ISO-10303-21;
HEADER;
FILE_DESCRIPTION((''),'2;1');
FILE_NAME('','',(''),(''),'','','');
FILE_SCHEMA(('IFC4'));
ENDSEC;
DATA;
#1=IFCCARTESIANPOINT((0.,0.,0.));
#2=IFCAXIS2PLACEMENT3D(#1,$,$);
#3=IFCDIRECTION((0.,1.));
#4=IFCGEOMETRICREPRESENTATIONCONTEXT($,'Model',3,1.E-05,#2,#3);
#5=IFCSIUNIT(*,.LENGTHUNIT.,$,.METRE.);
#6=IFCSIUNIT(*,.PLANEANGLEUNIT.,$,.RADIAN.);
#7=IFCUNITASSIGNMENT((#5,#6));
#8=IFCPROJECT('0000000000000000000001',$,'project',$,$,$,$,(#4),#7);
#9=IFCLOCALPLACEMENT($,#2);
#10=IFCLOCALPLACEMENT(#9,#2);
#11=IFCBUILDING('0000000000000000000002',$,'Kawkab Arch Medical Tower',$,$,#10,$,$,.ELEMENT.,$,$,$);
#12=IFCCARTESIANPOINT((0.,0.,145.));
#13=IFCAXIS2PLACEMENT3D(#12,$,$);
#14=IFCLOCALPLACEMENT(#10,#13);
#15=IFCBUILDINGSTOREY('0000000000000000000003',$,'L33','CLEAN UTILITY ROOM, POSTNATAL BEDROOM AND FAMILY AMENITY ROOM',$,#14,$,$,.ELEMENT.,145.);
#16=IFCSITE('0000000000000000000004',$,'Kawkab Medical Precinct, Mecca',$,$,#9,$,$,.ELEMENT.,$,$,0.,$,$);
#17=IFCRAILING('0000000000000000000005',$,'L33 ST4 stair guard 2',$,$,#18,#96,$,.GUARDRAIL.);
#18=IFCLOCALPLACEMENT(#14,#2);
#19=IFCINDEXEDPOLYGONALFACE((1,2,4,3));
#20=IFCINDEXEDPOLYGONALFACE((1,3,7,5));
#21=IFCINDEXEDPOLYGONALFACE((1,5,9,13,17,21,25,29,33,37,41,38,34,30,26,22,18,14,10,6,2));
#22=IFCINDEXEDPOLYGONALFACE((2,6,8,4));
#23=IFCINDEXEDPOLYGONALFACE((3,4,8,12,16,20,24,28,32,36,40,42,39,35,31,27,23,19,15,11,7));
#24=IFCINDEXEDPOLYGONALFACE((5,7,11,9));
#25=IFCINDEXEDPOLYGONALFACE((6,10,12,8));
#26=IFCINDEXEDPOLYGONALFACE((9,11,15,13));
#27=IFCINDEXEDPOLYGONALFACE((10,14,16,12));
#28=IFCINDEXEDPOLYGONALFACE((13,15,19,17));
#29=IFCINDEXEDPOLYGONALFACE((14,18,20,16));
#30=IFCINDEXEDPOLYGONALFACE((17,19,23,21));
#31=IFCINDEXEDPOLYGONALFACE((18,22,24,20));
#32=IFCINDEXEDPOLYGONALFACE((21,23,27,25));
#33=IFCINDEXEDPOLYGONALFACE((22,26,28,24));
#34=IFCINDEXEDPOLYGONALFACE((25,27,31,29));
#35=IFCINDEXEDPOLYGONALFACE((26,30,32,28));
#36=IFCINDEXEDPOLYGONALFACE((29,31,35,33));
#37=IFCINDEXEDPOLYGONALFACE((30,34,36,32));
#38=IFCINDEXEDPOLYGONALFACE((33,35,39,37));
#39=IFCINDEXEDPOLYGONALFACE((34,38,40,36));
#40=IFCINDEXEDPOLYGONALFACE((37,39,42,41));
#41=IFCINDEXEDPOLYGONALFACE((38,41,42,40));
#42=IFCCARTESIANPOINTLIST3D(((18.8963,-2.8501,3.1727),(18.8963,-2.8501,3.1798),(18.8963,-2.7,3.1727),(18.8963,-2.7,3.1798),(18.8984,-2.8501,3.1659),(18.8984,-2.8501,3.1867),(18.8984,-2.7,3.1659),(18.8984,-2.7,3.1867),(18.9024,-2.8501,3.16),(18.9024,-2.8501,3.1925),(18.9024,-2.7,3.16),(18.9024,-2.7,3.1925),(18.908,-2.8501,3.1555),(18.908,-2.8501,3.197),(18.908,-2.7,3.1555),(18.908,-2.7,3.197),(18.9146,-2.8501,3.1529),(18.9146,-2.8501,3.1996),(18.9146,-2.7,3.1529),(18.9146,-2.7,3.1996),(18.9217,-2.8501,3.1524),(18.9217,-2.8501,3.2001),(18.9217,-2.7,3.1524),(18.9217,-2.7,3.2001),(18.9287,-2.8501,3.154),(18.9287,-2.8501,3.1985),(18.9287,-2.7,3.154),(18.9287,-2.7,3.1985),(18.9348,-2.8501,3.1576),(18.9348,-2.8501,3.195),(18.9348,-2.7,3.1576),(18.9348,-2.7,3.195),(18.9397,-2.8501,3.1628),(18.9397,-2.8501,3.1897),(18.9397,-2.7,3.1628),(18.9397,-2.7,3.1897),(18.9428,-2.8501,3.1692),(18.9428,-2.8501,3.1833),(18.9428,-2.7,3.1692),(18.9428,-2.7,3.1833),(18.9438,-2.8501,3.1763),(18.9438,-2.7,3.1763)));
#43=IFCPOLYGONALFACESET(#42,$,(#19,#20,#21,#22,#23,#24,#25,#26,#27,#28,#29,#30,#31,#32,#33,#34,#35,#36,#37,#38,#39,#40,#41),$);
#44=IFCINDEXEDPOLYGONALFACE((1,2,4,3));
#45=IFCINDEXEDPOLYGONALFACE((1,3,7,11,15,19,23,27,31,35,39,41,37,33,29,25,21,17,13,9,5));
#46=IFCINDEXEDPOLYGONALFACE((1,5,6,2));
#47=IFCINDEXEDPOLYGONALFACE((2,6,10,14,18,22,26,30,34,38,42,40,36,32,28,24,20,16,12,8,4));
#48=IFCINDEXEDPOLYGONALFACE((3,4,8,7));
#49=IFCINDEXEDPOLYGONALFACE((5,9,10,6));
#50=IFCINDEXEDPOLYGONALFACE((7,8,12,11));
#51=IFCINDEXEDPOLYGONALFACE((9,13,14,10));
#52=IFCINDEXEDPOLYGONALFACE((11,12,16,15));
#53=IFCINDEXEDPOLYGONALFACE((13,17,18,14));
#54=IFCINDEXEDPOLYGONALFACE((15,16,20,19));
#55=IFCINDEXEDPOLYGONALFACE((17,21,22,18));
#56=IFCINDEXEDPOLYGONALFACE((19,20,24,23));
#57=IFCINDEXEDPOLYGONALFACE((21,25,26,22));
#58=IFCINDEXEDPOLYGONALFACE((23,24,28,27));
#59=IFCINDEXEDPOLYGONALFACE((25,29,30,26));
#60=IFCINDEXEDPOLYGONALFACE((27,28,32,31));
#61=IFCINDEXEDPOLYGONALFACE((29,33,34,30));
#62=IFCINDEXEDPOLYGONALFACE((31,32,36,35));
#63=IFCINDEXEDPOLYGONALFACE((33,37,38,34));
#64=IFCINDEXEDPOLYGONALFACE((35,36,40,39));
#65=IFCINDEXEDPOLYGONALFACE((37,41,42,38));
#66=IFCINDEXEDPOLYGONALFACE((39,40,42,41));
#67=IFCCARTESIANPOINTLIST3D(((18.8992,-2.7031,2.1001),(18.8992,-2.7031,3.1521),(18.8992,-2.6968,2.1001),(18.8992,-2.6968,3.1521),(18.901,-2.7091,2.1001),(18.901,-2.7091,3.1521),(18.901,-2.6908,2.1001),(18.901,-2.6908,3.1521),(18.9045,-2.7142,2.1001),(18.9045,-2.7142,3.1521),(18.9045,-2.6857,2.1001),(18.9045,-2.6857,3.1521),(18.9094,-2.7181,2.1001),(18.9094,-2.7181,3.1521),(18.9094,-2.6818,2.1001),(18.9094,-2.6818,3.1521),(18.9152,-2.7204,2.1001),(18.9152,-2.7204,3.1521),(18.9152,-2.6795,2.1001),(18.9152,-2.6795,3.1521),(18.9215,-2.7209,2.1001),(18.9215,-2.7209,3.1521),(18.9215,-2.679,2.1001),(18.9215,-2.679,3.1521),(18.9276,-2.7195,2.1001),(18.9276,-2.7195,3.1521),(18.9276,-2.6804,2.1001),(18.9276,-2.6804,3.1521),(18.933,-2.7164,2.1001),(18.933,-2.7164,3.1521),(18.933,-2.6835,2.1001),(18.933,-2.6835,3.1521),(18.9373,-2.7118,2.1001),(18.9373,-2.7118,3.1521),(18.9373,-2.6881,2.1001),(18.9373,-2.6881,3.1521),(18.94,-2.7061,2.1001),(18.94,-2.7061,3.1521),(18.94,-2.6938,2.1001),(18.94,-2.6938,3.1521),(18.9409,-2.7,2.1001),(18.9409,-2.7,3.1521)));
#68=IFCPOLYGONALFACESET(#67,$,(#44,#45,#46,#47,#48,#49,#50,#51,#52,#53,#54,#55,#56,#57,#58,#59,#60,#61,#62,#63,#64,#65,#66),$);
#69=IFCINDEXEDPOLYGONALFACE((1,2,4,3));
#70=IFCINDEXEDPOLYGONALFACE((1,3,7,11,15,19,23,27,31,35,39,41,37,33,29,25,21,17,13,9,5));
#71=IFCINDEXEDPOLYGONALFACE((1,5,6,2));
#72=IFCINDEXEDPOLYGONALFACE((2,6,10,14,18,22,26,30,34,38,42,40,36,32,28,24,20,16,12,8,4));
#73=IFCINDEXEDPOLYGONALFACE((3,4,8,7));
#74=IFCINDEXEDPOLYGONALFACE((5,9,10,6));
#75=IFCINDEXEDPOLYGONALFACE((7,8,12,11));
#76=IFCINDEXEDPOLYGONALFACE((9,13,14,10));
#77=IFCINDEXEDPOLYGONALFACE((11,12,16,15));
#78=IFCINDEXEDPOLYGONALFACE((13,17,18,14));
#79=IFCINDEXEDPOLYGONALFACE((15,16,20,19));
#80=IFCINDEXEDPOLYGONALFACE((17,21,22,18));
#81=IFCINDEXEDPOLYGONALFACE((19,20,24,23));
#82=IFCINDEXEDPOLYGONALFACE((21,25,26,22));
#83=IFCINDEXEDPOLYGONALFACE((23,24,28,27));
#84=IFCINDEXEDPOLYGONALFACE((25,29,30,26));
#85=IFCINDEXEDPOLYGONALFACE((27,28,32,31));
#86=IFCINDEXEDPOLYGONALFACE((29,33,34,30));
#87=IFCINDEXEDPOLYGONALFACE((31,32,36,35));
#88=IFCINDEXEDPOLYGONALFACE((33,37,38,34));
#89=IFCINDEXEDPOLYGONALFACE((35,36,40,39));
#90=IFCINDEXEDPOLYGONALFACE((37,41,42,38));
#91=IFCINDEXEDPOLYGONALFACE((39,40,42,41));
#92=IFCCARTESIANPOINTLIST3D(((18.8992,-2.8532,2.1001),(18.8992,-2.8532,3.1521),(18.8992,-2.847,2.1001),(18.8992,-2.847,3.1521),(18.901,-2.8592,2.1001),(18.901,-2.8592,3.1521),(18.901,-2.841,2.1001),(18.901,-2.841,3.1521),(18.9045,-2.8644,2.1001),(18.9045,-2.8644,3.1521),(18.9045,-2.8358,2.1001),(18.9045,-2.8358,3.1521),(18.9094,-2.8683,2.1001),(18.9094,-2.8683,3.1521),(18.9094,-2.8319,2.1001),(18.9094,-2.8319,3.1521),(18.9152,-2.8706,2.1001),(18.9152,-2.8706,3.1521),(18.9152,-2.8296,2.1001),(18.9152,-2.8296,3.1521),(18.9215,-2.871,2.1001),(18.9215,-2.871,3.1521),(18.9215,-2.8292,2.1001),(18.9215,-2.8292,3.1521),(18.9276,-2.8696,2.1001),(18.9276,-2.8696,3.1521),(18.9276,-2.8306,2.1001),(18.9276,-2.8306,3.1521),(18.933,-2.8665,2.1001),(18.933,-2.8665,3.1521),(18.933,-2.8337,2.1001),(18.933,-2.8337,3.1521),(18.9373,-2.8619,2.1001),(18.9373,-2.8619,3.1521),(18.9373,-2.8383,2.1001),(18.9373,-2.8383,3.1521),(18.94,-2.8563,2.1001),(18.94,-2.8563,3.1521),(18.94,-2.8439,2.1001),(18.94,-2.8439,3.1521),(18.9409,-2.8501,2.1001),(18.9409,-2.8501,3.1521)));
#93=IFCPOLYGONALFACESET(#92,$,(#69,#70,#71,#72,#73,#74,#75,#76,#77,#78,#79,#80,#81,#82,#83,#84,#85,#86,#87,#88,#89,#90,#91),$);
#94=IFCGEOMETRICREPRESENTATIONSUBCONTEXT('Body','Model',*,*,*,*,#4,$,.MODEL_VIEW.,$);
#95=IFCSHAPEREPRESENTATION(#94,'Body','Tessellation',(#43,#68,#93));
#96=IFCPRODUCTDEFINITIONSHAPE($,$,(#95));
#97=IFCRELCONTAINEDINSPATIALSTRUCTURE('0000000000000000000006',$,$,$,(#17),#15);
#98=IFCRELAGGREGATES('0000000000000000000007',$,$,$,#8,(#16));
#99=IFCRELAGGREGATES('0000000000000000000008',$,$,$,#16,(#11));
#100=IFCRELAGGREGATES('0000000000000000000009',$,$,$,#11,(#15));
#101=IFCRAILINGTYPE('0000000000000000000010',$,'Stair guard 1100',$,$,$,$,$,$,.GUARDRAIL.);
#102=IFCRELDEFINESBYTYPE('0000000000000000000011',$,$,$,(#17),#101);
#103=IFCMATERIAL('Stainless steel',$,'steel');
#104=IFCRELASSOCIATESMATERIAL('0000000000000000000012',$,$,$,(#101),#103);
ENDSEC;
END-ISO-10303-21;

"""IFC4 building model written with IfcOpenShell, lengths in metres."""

from ifc_helpers import new_model, si_unit, direction, frame, origin, origin_2d, place, context, subcontext, project, spatial, circle, extrude, material, type_object, element, save


model = new_model("IFC4")

# Units and contexts
model_context = context("Model", 3, precision=1e-05, world=origin(), true_north=direction((0.0, 1.0)))
body_context = subcontext(model_context, "Body", "Model", "MODEL_VIEW")
ifc_project = project(units=[si_unit("LENGTHUNIT", "METRE"), si_unit("PLANEANGLEUNIT", "RADIAN")], contexts=[model_context])

# Site, building, storey
site_placement = place(None, origin())
site = spatial("IfcSite", under=ifc_project, at=site_placement, Name="Kawkab Medical Precinct, Mecca", CompositionType="ELEMENT", RefElevation=0.0)
building_placement = place(site_placement, origin())
building = spatial("IfcBuilding", under=site, at=building_placement, Name="Kawkab Arch Medical Tower", CompositionType="ELEMENT")
storey_placement = place(building_placement, frame((0.0, 0.0, 145.0)))
storey = spatial("IfcBuildingStorey", under=building, at=storey_placement, Name="L33", Description="CLEAN UTILITY ROOM, POSTNATAL BEDROOM AND FAMILY AMENITY ROOM", CompositionType="ELEMENT", Elevation=145.0)

# Railing
ifc_material_1 = material(Name="Stainless steel", Category="steel")
railing_type_1 = type_object("IfcRailingType", Name="Stair guard 1100", PredefinedType="GUARDRAIL", material=ifc_material_1)
railing_1_placement = place(storey_placement, frame((18.9199, -2.7, 2.1001)))
element("IfcRailing", 1, at=railing_1_placement, inside=storey, type_object=railing_type_1, Name="L33 ST4 stair guard 2", PredefinedType="GUARDRAIL", context=body_context, shape_type="SweptSolid", body=[
    extrude(circle(Radius=0.0239, at=origin_2d()), frame((0.0, 0.0, 1.0762), z_axis=(0.0, -1.0, 0.0), x_axis=(1.0, 0.0, 0.0)), (0.0, 0.0, 1.0), 0.1501),
    extrude(circle(Radius=0.021, at=origin_2d()), origin(), (0.0, 0.0, 1.0), 1.052),
    extrude(circle(Radius=0.021, at=origin_2d()), frame((0.0, -0.1501, 0.0)), (0.0, 0.0, 1.0), 1.052),
])

save(model, "model.ifc")
